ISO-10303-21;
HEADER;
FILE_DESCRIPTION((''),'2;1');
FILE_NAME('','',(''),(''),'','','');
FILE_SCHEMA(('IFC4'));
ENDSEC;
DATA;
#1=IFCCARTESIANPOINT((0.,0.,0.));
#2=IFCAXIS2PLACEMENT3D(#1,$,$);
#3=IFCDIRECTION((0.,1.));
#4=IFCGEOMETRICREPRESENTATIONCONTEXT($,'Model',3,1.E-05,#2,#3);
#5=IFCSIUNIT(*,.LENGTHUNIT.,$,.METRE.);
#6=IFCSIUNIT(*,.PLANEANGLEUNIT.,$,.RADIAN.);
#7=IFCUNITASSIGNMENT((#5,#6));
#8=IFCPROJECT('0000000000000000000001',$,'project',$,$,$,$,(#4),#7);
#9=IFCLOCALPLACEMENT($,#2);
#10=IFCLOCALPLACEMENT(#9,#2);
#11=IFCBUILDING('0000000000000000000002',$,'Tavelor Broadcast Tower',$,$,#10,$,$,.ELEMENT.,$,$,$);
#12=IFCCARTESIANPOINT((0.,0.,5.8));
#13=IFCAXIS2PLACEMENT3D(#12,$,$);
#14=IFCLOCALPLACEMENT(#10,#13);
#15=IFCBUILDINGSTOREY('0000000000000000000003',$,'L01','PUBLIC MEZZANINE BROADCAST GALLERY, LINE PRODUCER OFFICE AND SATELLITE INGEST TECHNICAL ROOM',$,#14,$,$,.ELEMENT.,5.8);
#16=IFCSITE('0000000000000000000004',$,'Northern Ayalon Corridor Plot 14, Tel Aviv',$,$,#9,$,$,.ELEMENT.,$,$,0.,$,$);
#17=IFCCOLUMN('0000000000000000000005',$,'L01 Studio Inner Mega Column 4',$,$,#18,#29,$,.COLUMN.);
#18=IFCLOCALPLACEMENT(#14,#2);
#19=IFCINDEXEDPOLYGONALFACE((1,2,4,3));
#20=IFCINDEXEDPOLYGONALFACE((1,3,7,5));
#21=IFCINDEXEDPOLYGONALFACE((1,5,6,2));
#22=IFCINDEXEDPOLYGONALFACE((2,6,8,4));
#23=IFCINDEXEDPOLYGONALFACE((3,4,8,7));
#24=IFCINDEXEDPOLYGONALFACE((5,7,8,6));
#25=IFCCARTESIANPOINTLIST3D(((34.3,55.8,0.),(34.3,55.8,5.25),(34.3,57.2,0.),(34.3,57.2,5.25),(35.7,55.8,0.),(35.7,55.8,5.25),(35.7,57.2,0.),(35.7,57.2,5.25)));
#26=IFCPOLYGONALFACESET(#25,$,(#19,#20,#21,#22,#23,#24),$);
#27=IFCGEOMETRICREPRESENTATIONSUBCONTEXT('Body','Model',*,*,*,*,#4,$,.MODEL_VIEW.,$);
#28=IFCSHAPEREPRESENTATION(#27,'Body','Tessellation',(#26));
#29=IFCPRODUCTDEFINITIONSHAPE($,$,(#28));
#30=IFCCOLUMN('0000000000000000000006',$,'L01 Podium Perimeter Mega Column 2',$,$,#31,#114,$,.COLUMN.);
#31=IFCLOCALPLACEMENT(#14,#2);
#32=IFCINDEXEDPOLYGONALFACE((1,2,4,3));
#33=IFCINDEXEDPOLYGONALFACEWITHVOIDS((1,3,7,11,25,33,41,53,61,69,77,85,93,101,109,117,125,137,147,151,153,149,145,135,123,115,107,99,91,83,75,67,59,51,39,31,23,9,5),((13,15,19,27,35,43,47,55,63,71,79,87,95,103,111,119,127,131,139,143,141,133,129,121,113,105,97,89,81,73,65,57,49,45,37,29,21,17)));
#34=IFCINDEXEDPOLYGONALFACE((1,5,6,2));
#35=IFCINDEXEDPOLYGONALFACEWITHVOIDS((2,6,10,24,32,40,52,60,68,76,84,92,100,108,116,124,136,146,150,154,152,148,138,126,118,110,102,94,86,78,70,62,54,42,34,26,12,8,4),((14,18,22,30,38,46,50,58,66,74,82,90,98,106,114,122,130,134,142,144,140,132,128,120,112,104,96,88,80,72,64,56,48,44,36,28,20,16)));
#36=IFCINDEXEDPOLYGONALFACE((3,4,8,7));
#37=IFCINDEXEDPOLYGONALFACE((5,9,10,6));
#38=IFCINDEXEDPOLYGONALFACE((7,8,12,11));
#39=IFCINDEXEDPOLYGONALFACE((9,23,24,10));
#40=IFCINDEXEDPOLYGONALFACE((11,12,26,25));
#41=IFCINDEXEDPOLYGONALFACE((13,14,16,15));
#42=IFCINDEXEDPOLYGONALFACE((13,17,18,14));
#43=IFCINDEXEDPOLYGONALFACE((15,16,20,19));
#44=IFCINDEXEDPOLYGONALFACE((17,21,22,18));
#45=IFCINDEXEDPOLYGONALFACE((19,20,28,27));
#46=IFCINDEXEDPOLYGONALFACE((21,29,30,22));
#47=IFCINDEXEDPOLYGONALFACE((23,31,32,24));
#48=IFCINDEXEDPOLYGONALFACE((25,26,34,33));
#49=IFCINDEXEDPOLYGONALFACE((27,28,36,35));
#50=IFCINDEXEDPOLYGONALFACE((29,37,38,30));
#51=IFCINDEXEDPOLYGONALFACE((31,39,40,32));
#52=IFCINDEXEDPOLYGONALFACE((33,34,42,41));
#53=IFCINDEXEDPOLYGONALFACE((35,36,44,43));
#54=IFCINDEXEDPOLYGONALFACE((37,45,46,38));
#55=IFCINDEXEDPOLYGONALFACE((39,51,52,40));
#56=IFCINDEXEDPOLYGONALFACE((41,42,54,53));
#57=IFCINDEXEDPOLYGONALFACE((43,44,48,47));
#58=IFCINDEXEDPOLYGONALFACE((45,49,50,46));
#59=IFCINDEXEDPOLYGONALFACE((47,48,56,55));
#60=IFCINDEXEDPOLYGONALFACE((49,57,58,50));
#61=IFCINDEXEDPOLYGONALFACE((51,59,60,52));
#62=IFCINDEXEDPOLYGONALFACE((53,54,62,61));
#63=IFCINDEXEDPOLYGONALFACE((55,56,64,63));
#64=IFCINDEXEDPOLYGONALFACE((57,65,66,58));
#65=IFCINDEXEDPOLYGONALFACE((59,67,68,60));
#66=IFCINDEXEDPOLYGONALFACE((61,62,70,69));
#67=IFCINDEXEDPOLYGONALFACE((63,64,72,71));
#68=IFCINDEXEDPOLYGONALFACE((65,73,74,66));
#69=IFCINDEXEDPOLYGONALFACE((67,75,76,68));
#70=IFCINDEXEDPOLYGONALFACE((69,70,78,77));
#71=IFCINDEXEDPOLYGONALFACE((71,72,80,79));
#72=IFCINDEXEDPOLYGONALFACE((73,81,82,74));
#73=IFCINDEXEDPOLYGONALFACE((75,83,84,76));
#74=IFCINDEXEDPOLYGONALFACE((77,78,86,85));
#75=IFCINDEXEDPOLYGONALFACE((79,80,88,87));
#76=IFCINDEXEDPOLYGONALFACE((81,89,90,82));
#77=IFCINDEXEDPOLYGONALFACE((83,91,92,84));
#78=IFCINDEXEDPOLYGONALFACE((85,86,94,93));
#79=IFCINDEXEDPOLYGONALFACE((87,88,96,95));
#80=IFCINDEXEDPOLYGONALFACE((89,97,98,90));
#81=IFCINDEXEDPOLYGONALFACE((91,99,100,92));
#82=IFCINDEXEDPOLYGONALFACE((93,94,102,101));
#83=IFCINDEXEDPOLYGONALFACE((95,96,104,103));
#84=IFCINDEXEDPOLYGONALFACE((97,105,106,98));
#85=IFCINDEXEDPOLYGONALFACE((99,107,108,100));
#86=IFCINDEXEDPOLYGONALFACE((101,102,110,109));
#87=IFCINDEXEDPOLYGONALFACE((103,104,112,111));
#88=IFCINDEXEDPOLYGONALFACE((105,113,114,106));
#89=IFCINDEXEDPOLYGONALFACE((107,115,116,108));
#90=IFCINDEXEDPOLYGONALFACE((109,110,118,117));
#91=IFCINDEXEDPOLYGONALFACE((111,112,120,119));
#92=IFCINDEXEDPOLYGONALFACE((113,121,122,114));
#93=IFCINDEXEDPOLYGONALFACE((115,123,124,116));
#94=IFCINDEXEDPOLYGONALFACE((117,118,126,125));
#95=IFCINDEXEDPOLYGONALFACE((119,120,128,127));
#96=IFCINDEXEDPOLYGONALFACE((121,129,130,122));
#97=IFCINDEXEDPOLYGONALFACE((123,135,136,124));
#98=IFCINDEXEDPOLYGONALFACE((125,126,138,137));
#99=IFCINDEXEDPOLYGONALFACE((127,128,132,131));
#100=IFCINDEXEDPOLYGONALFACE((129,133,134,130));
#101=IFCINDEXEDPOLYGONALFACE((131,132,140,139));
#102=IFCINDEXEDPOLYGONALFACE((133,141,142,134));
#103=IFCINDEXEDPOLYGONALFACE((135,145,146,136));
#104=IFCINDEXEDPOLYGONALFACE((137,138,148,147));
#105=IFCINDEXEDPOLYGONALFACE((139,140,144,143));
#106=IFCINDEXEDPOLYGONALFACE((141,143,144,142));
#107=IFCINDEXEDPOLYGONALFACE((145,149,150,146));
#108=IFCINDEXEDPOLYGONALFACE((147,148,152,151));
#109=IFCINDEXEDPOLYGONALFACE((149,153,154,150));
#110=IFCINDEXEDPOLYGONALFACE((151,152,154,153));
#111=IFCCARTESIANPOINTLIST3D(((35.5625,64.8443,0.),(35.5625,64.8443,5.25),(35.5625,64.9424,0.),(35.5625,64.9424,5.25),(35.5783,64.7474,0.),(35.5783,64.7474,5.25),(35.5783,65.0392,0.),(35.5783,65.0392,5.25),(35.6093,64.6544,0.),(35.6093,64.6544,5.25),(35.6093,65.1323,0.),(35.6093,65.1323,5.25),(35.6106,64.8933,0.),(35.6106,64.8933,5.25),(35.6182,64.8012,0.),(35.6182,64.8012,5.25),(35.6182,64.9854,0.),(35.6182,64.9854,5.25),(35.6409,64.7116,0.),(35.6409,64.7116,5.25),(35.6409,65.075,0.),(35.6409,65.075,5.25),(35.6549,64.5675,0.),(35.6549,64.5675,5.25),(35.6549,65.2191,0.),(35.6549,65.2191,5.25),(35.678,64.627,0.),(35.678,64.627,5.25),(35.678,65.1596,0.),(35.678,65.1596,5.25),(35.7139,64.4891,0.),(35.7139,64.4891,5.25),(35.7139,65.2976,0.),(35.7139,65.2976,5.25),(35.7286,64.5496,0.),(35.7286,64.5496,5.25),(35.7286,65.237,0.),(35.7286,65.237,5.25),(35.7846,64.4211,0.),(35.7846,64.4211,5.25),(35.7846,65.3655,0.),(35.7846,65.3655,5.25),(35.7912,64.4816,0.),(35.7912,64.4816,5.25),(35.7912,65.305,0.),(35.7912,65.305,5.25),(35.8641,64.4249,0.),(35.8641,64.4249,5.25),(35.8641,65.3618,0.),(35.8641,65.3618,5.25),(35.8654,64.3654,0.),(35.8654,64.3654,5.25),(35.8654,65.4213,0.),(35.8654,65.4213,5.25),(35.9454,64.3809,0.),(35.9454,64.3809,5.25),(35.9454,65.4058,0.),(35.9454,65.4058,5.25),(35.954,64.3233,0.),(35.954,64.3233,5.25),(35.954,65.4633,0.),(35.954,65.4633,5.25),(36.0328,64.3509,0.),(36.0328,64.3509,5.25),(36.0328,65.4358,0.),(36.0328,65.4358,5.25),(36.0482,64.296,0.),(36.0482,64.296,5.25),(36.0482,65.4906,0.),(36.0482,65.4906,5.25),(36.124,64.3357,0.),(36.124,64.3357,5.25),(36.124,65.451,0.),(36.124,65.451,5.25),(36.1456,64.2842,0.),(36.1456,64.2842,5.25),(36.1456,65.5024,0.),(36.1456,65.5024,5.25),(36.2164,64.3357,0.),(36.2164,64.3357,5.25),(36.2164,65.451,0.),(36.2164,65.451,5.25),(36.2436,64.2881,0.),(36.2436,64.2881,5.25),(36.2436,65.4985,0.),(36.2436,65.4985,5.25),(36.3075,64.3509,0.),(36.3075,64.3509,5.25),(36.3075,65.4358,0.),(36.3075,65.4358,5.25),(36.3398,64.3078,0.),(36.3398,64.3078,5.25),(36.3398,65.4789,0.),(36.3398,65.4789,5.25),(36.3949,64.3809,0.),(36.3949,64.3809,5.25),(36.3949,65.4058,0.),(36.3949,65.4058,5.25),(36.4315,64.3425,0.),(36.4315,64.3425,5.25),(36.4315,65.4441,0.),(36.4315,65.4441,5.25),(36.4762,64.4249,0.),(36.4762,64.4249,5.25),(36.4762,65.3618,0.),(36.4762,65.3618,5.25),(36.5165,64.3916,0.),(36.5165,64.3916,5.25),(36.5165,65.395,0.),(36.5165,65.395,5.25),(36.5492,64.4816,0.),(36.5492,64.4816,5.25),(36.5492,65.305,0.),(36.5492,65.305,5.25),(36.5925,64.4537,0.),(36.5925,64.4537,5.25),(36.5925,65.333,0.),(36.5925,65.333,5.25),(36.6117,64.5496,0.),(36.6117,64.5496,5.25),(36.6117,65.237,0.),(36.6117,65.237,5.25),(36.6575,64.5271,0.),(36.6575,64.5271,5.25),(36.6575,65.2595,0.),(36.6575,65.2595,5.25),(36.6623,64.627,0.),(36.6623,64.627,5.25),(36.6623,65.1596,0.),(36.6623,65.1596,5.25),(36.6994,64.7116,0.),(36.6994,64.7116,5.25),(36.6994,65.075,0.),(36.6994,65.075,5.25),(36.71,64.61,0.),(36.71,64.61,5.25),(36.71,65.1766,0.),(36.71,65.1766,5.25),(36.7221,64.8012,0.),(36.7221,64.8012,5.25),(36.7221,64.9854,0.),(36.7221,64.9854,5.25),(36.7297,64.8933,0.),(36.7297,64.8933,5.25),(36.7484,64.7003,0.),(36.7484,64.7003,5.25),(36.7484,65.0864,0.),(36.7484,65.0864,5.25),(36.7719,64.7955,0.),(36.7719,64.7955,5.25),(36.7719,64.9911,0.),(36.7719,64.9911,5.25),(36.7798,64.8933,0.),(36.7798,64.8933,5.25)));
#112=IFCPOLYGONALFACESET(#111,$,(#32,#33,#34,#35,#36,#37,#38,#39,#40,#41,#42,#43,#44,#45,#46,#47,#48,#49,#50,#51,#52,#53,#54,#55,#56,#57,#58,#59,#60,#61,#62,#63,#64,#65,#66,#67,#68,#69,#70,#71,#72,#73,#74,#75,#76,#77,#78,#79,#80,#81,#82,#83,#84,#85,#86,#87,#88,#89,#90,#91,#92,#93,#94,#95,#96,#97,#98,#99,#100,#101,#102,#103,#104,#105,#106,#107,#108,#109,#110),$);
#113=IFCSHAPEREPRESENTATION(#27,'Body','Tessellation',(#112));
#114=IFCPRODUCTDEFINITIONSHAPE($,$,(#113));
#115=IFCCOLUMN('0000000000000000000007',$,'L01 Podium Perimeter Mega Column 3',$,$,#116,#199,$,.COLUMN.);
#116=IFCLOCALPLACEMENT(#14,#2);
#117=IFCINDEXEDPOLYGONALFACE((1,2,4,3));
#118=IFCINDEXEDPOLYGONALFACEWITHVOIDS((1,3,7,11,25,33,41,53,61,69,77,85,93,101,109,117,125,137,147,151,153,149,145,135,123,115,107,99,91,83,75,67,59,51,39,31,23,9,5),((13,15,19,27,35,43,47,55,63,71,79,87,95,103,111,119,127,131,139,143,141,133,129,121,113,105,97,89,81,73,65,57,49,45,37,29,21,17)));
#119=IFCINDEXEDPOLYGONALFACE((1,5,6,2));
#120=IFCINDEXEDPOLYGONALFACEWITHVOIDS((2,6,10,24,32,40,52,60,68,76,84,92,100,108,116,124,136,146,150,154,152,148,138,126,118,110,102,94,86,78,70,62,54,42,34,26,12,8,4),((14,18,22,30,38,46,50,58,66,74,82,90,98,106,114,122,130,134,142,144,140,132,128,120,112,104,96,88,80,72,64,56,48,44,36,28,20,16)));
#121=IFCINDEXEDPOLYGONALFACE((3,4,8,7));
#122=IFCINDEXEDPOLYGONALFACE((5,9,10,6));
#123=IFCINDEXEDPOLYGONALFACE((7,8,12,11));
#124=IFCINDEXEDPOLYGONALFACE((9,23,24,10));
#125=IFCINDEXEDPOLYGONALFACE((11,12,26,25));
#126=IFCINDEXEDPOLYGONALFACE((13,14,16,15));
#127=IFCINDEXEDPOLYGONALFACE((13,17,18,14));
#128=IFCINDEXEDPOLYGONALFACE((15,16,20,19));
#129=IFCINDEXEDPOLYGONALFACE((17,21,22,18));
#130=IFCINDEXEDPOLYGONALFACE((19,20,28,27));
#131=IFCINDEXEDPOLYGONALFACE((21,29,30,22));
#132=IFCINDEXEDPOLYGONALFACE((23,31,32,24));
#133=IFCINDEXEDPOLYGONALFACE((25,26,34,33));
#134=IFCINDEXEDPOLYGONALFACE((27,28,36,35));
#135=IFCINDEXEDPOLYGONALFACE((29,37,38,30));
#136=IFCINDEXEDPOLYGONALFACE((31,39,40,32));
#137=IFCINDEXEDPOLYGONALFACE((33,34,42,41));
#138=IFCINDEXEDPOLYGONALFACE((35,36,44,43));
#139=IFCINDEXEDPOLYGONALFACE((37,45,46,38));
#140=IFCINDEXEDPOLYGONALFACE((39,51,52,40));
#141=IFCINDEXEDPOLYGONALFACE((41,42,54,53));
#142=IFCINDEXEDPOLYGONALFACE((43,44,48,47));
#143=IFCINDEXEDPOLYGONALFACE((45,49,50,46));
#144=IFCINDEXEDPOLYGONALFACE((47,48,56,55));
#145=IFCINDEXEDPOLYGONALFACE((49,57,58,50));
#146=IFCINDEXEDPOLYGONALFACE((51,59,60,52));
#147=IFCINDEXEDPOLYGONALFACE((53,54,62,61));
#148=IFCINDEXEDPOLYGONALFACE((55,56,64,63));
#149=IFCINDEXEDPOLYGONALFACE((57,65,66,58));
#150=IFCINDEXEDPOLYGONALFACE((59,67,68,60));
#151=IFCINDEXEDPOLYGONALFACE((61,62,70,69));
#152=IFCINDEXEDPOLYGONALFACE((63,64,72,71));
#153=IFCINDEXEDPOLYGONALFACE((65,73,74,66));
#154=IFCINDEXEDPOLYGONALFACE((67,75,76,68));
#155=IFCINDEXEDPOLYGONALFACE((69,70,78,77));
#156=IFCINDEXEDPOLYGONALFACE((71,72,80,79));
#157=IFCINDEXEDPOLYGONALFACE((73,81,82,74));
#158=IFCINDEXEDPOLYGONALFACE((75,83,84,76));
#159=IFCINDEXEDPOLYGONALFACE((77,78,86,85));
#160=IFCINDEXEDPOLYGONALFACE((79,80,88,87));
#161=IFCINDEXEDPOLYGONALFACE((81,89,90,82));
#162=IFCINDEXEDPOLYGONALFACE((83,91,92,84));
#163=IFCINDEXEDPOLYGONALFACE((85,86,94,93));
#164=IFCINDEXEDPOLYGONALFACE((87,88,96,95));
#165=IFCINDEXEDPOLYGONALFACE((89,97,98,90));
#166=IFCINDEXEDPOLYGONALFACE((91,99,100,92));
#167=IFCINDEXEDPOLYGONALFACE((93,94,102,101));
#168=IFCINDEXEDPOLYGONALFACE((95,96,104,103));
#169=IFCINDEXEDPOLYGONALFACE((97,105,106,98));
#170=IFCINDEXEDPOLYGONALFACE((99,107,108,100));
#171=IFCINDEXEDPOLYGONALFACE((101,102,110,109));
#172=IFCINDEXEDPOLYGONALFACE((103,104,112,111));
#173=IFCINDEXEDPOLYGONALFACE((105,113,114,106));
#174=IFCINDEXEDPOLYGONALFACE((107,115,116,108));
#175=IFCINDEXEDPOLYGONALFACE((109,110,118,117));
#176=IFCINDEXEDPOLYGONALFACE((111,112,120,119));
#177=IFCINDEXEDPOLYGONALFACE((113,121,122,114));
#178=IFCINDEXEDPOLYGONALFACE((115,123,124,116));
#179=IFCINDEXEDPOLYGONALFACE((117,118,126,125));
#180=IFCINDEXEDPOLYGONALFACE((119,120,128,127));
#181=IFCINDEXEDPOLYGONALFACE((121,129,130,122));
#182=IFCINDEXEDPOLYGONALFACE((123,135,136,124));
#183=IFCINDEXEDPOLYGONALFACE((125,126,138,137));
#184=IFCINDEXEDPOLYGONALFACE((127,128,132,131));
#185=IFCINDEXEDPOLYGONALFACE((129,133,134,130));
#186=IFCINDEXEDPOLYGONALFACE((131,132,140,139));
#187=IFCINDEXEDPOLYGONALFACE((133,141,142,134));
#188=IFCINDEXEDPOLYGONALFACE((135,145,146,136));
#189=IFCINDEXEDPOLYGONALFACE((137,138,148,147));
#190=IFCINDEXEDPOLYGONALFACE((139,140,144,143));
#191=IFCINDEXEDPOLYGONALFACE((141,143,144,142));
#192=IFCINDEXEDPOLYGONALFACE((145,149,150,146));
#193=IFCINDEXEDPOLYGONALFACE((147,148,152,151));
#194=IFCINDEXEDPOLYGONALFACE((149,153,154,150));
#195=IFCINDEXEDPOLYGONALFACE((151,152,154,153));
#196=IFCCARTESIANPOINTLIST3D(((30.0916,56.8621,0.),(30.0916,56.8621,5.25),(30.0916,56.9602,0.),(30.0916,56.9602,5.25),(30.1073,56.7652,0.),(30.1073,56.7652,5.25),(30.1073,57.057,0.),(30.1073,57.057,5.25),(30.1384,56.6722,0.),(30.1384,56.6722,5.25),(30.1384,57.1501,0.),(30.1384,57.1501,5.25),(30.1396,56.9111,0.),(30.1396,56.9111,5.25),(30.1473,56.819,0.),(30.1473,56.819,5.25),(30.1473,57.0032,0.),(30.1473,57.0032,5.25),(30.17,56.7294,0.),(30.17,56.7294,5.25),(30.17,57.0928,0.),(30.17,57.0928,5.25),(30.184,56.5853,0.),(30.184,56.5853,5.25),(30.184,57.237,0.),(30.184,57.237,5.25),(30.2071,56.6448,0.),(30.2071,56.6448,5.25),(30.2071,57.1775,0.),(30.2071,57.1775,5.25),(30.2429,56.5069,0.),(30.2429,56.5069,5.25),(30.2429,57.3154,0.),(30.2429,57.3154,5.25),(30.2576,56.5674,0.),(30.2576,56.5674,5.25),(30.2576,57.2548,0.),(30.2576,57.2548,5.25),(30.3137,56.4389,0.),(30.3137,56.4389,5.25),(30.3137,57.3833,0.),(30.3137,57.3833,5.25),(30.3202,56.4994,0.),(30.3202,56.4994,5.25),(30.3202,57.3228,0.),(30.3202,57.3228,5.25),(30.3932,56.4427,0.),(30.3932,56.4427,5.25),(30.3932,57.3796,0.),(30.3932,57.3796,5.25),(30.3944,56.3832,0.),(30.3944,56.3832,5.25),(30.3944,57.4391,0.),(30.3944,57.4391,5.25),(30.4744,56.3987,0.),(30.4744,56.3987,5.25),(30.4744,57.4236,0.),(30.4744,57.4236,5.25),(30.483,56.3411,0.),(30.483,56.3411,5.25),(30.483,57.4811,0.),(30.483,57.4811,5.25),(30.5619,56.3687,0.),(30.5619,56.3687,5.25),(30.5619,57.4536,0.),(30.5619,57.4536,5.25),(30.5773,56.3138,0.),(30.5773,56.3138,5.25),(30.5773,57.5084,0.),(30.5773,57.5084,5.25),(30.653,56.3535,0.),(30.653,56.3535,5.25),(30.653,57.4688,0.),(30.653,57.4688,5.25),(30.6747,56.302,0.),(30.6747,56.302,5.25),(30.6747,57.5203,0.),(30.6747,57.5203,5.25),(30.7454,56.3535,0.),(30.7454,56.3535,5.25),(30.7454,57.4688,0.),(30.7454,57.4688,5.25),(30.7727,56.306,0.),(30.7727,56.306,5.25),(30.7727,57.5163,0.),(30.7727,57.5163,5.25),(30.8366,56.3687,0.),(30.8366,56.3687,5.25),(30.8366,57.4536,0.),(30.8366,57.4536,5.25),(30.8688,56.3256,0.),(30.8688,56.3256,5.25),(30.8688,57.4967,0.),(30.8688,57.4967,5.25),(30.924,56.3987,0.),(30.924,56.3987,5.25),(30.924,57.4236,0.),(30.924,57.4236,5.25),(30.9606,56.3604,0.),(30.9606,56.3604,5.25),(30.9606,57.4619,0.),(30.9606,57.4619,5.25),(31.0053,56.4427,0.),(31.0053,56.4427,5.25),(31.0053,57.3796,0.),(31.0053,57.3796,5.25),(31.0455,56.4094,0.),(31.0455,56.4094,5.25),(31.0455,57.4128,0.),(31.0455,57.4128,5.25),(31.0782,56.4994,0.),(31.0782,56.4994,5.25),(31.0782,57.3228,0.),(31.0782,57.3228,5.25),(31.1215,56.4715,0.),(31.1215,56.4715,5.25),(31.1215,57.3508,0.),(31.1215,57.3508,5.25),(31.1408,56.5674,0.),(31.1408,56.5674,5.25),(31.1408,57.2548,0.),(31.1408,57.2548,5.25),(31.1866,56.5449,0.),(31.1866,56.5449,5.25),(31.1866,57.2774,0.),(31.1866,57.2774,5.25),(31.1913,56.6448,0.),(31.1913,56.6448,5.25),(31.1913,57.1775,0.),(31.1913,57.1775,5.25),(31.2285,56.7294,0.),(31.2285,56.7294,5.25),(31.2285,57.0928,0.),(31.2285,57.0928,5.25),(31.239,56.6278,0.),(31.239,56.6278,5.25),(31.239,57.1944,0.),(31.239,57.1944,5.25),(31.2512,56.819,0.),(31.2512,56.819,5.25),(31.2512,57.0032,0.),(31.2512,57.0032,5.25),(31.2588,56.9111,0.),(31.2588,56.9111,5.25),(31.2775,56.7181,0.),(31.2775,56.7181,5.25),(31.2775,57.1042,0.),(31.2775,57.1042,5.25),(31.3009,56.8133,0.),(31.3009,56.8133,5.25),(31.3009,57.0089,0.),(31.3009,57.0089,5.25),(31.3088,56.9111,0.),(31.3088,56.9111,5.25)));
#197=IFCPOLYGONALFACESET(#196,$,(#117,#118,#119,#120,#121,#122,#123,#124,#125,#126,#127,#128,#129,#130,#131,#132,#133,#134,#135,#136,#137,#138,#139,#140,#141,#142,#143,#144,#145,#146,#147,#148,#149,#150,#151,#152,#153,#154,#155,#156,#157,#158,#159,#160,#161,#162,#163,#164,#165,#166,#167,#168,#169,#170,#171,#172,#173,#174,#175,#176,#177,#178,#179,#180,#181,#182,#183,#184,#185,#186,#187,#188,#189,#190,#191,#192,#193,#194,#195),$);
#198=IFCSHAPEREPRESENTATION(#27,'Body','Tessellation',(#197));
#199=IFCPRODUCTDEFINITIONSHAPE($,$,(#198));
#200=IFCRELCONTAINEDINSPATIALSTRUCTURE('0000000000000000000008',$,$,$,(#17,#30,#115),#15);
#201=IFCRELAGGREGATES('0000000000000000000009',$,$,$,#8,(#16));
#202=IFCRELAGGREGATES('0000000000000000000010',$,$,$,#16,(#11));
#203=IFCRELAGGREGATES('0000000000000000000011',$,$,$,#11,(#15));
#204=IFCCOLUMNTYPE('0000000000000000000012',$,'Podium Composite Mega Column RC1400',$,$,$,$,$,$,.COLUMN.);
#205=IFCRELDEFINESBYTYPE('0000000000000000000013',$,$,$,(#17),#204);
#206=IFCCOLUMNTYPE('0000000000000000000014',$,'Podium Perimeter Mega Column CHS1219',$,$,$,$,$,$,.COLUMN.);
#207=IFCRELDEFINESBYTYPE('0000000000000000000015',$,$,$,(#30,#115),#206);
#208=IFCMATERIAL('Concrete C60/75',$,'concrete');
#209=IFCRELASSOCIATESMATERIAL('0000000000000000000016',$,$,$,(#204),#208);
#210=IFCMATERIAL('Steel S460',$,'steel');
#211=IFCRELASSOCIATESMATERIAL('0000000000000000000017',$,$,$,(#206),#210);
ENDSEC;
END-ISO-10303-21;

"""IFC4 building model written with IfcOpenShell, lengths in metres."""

from ifc_helpers import new_model, si_unit, direction, frame, origin, origin_2d, place, context, subcontext, project, spatial, rectangle, hollow_circle, extrude, material, material_profile, profile_set, type_object, element, save


model = new_model("IFC4")

# Units and contexts
model_context = context("Model", 3, precision=1e-05, world=origin(), true_north=direction((0.0, 1.0)))
body_context = subcontext(model_context, "Body", "Model", "MODEL_VIEW")
ifc_project = project(units=[si_unit("LENGTHUNIT", "METRE"), si_unit("PLANEANGLEUNIT", "RADIAN")], contexts=[model_context])

# Site, building, storey
site_placement = place(None, origin())
site = spatial("IfcSite", under=ifc_project, at=site_placement, Name="Northern Ayalon Corridor Plot 14, Tel Aviv", CompositionType="ELEMENT", RefElevation=0.0)
building_placement = place(site_placement, origin())
building = spatial("IfcBuilding", under=site, at=building_placement, Name="Tavelor Broadcast Tower", CompositionType="ELEMENT")
storey_placement = place(building_placement, frame((0.0, 0.0, 5.8)))
storey = spatial("IfcBuildingStorey", under=building, at=storey_placement, Name="L01", Description="PUBLIC MEZZANINE BROADCAST GALLERY, LINE PRODUCER OFFICE AND SATELLITE INGEST TECHNICAL ROOM", CompositionType="ELEMENT", Elevation=5.8)

# Columns
ifc_material_1 = material(Name="Concrete C60/75", Category="concrete")
ifc_material_profile_1 = material_profile(ifc_material_1, rectangle(XDim=1.3999, YDim=1.3999, at=origin_2d()), Name="RC 1400x1400")
ifc_profile_set_1 = profile_set([ifc_material_profile_1], Name="Concrete C60/75")
column_type_1 = type_object("IfcColumnType", Name="Podium Composite Mega Column RC1400", PredefinedType="COLUMN", material=ifc_profile_set_1)
column_placement = place(storey_placement, frame((35.0, 56.5, 0.0), z_axis=(0.0, 0.0, 1.0), x_axis=(1.0, 0.0, 0.0)))
element("IfcColumn", 1, at=column_placement, inside=storey, type_object=column_type_1, Name="L01 Studio Inner Mega Column 4", PredefinedType="COLUMN", context=body_context, shape_type="SweptSolid", body=[
    extrude(rectangle(XDim=1.3999, YDim=1.3999, at=origin_2d()), origin(), (0.0, 0.0, 1.0), 5.25),
])
ifc_material_2 = material(Name="Steel S460", Category="steel")
ifc_material_profile_2 = material_profile(ifc_material_2, hollow_circle(Radius=0.6096, WallThickness=0.05, at=origin_2d()), Name="CHS 1219x50")
ifc_profile_set_2 = profile_set([ifc_material_profile_2], Name="Steel S460")
column_type_2 = type_object("IfcColumnType", Name="Podium Perimeter Mega Column CHS1219", PredefinedType="COLUMN", material=ifc_profile_set_2)
for number, where, z_axis, x_axis, name in (
    (2, (36.1702, 64.8933, 0.0), (0.0, 0.0, 1.0), (1.0, 0.0, 0.0), "L01 Podium Perimeter Mega Column 2"),
    (3, (30.6992, 56.9111, 0.0), (0.0, 0.0, 1.0), (1.0, 0.0, 0.0), "L01 Podium Perimeter Mega Column 3"),
):
    element("IfcColumn", number, at=place(storey_placement, frame(where, z_axis=z_axis, x_axis=x_axis)), inside=storey, type_object=column_type_2, Name=name, PredefinedType="COLUMN", context=body_context, shape_type="SweptSolid", body=[
        extrude(hollow_circle(Radius=0.6096, WallThickness=0.05, at=origin_2d()), origin(), (0.0, 0.0, 1.0), 5.25),
    ])

save(model, "model.ifc")
